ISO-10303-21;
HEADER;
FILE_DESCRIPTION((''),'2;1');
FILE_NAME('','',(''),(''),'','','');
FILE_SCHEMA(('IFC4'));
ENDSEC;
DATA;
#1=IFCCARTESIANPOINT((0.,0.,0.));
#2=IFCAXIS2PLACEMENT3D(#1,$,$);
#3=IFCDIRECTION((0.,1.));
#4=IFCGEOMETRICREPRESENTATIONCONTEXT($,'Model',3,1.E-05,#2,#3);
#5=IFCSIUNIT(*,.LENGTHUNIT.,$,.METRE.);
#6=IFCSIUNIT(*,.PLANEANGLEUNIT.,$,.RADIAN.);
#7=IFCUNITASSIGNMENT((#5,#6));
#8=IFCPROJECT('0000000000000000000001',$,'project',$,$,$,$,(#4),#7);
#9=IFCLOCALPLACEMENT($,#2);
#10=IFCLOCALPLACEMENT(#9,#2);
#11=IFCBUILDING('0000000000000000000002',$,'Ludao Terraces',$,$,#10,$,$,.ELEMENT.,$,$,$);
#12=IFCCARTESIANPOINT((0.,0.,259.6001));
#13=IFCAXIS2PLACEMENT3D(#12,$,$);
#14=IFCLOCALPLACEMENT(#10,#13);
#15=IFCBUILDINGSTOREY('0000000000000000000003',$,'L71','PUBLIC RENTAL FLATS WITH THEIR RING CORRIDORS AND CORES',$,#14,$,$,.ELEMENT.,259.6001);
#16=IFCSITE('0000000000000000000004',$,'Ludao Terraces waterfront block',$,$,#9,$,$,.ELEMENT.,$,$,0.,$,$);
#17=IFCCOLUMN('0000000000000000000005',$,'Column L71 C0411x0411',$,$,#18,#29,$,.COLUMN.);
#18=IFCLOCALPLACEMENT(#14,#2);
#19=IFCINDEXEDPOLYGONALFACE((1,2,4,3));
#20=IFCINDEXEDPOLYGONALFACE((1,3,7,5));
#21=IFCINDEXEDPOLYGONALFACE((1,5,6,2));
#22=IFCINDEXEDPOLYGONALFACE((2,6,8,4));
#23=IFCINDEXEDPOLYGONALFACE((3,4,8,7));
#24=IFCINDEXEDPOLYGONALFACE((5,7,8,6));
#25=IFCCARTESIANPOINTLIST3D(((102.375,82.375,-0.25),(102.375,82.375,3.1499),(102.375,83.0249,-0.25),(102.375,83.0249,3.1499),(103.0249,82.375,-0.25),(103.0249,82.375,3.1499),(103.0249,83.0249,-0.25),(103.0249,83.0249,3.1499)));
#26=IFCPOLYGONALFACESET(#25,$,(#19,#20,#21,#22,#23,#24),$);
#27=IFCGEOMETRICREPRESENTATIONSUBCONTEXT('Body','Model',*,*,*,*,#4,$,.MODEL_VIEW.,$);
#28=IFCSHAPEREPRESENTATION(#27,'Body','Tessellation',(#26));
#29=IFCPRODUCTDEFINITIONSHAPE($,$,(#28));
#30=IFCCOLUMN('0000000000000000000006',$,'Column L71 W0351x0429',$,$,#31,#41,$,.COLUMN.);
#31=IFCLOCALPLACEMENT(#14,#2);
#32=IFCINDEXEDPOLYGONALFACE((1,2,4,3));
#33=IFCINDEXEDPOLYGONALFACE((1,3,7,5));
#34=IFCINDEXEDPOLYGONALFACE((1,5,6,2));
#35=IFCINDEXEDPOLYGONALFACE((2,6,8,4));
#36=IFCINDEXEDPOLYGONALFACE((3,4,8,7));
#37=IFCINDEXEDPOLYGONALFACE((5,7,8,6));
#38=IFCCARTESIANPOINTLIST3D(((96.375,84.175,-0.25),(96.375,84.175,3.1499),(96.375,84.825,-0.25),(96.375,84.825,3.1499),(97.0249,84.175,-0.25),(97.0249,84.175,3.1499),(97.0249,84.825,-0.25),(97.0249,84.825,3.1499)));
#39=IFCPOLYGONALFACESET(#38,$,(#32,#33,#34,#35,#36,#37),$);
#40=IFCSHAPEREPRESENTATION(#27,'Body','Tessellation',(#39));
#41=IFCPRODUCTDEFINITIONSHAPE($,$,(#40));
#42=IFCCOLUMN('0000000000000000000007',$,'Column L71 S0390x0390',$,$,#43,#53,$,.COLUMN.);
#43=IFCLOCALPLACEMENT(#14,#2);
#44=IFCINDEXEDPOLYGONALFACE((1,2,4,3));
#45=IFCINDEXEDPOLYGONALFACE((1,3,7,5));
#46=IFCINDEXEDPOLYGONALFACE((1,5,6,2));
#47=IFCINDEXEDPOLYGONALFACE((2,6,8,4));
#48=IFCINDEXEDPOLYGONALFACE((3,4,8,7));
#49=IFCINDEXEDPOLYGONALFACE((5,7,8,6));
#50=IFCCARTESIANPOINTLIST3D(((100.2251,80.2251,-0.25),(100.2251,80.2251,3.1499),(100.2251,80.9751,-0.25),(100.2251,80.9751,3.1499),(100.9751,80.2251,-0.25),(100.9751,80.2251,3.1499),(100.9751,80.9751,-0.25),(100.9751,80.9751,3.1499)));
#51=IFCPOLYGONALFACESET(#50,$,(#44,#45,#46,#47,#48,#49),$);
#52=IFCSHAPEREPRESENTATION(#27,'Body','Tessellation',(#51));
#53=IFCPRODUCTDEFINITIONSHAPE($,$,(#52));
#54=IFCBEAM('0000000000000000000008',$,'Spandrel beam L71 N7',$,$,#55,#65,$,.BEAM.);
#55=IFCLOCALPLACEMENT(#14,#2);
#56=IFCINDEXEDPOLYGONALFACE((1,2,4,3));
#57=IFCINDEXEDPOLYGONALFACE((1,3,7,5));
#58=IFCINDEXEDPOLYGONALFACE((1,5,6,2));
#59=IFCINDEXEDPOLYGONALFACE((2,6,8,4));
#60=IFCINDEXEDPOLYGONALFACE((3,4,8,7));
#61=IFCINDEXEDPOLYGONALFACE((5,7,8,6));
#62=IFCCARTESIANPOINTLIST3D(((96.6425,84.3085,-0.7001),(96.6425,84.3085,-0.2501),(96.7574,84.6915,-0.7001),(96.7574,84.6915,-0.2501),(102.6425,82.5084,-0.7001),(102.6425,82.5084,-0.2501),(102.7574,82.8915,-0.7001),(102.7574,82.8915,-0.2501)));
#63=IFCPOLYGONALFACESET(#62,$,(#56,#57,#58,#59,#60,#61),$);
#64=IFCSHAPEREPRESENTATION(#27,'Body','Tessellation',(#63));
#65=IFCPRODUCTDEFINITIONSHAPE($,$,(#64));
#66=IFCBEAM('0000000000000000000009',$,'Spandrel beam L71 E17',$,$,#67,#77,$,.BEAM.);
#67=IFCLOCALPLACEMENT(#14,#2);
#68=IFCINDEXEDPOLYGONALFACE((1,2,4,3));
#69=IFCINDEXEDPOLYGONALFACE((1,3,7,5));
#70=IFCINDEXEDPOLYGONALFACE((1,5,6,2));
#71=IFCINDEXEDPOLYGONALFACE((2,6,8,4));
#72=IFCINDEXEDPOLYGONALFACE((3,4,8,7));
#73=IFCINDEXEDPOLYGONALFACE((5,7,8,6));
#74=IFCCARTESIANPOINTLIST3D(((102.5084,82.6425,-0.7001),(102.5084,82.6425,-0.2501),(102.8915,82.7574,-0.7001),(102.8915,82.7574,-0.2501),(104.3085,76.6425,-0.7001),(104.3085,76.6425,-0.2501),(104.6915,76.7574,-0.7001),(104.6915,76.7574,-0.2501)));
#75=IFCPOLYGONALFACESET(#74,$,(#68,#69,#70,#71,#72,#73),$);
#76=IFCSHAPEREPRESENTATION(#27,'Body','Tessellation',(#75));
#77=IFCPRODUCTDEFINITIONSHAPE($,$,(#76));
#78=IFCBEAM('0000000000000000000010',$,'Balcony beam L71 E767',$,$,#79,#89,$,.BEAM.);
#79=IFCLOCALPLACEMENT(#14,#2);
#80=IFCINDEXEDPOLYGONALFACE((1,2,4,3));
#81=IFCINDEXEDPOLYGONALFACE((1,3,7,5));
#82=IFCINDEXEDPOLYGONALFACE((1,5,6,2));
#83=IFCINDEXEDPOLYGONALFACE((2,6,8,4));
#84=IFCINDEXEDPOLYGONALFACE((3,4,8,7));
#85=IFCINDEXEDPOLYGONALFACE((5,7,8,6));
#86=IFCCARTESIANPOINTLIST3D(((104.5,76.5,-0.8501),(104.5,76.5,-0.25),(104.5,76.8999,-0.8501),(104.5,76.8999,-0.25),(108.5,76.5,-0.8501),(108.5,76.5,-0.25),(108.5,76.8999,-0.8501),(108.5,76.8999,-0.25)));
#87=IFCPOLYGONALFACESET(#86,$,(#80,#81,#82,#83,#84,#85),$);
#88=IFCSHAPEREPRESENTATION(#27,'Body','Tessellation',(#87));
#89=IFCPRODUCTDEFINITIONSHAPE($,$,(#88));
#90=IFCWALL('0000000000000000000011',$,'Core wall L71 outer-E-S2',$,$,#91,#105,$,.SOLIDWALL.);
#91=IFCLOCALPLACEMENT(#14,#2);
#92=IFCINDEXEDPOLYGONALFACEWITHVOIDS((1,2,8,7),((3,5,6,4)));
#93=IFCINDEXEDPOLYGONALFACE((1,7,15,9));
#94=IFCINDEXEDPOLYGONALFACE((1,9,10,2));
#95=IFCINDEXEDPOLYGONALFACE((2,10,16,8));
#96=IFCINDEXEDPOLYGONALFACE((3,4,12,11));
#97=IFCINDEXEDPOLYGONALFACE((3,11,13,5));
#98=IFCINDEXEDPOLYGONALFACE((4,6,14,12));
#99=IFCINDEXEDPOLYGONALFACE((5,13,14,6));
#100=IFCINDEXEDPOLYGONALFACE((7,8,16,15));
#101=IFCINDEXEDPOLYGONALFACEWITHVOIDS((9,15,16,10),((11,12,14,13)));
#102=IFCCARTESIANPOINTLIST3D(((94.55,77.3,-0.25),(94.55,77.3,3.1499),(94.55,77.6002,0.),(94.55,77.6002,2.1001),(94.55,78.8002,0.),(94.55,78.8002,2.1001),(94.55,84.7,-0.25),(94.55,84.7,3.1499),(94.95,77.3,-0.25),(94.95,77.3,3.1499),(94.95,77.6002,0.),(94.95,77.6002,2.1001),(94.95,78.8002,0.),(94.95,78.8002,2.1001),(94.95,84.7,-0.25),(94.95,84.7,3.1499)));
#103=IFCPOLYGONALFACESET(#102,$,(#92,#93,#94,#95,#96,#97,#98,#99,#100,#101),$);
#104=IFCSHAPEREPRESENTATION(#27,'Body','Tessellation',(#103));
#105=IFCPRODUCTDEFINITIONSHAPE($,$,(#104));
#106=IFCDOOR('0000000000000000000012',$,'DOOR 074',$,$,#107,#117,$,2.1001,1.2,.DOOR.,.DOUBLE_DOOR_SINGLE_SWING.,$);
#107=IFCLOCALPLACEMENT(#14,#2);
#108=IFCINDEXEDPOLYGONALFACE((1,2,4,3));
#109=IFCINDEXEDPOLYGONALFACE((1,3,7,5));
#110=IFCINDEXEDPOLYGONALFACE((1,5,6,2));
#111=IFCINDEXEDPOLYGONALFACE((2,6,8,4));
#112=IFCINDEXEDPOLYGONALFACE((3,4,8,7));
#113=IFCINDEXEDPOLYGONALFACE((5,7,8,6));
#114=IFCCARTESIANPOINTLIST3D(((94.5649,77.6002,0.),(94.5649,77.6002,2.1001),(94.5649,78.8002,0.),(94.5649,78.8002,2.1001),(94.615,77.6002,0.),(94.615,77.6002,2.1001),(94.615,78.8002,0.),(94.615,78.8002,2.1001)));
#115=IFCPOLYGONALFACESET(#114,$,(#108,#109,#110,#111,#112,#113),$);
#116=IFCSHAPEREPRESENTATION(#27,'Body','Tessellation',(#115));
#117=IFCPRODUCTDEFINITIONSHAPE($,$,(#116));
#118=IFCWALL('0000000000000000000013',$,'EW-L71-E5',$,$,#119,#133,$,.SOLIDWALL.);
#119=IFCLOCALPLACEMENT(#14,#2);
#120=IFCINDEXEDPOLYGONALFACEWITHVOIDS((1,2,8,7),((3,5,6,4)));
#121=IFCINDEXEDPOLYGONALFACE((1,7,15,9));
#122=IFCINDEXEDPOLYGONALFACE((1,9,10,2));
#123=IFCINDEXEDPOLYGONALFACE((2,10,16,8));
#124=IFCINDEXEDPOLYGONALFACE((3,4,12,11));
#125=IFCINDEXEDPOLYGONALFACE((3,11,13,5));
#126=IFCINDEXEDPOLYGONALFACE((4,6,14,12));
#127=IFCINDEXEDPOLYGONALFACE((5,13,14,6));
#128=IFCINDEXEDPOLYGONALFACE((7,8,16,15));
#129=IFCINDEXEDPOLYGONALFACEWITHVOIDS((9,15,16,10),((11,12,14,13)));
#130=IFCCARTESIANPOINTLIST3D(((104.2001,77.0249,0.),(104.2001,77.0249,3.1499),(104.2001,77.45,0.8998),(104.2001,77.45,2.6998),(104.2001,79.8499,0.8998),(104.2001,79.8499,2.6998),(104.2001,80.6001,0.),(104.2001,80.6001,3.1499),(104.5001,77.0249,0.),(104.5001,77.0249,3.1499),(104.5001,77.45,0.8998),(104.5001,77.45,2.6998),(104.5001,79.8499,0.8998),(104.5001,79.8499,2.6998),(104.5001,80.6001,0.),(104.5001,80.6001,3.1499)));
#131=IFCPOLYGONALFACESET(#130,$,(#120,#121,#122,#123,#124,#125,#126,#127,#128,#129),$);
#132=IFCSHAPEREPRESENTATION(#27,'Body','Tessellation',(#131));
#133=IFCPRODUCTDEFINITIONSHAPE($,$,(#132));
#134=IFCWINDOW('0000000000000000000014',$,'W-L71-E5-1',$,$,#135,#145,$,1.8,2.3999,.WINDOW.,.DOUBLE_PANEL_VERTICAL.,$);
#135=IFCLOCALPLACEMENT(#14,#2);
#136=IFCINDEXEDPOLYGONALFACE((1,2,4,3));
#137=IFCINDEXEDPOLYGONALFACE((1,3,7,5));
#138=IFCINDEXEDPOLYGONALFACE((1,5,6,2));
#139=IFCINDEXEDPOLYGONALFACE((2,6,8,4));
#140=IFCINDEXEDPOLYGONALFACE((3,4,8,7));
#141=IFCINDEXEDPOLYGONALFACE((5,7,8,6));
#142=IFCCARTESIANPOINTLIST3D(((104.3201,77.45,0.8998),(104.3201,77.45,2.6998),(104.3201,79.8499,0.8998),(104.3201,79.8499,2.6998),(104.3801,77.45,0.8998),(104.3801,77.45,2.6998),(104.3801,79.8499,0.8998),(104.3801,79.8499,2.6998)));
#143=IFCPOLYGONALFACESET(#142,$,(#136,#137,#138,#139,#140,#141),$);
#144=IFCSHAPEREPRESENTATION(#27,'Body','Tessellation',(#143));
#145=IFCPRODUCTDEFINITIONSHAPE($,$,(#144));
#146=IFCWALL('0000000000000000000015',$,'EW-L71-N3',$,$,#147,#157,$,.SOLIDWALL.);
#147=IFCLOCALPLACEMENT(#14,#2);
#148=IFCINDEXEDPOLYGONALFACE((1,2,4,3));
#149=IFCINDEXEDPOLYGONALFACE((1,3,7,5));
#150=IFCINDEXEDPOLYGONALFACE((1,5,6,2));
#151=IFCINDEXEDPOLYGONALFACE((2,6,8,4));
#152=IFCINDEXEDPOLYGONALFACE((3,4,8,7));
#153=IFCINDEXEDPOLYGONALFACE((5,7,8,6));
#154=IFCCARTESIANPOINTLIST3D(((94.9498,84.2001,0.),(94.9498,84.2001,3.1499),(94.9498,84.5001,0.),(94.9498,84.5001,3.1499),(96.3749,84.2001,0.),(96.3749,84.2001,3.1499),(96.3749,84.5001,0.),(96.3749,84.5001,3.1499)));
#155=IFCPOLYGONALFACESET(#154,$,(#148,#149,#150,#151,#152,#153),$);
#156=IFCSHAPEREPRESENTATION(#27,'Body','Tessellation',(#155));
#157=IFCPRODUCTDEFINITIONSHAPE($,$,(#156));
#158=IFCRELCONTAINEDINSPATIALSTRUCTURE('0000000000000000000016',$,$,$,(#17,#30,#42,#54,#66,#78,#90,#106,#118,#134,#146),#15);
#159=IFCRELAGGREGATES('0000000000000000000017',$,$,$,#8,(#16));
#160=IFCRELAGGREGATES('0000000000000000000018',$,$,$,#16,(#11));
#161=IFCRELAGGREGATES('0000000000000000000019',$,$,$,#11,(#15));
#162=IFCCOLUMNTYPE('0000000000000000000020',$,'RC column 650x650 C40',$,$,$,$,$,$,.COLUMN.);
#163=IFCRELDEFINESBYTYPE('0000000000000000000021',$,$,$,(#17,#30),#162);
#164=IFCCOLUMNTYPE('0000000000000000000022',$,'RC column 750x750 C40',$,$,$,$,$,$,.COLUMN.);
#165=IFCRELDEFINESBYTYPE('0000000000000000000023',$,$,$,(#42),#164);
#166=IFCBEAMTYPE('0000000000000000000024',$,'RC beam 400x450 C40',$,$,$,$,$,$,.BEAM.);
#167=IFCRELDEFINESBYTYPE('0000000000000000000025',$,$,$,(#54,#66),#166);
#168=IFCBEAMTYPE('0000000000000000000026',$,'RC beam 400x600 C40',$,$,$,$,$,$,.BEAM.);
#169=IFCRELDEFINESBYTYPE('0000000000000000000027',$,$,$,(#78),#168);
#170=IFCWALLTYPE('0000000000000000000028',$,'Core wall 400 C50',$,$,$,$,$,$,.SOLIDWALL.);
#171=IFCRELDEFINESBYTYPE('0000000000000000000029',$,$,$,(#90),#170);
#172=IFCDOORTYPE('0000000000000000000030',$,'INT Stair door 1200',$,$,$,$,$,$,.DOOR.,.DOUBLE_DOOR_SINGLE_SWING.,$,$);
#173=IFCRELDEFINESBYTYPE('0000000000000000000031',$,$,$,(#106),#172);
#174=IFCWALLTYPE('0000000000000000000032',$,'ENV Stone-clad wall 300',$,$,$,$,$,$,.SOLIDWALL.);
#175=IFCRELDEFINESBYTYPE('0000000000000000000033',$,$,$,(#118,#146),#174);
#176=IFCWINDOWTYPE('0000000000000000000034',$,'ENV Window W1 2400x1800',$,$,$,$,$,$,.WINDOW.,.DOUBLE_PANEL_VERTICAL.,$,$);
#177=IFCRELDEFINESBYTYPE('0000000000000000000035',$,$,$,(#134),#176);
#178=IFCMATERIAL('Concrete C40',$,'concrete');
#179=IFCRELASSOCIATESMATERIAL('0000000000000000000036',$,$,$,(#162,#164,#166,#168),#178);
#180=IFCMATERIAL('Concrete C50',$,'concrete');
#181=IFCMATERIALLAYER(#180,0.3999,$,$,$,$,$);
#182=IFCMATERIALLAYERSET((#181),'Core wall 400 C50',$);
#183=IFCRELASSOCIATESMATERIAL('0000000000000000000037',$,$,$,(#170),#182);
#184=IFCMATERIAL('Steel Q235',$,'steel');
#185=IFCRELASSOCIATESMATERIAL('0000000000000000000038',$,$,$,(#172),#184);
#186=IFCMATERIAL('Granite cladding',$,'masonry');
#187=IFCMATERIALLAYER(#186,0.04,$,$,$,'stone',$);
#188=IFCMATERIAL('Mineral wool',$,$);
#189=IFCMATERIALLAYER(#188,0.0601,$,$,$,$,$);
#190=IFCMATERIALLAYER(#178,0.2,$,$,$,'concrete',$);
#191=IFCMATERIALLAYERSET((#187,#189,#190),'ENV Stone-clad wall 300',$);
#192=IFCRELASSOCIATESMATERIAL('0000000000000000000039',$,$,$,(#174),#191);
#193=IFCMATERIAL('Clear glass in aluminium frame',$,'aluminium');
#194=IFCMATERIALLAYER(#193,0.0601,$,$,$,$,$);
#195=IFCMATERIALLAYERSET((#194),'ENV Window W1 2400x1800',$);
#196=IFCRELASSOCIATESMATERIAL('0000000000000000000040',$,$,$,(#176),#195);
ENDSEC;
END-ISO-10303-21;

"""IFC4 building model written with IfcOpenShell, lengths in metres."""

from ifc_helpers import new_model, si_unit, direction, frame, frame_2d, origin, origin_2d, place, context, subcontext, project, spatial, rectangle, extrude, material, layer, layer_set, material_profile, profile_set, type_object, element, fill, save


model = new_model("IFC4")

# Units and contexts
model_context = context("Model", 3, precision=1e-05, world=origin(), true_north=direction((0.0, 1.0)))
body_context = subcontext(model_context, "Body", "Model", "MODEL_VIEW")
ifc_project = project(units=[si_unit("LENGTHUNIT", "METRE"), si_unit("PLANEANGLEUNIT", "RADIAN")], contexts=[model_context])

# Site, building, storey
site_placement = place(None, origin())
site = spatial("IfcSite", under=ifc_project, at=site_placement, Name="Ludao Terraces waterfront block", CompositionType="ELEMENT", RefElevation=0.0)
building_placement = place(site_placement, origin())
building = spatial("IfcBuilding", under=site, at=building_placement, Name="Ludao Terraces", CompositionType="ELEMENT")
storey_placement = place(building_placement, frame((0.0, 0.0, 259.6001)))
storey = spatial("IfcBuildingStorey", under=building, at=storey_placement, Name="L71", Description="PUBLIC RENTAL FLATS WITH THEIR RING CORRIDORS AND CORES", CompositionType="ELEMENT", Elevation=259.6001)

# Columns
ifc_material_1 = material(Name="Concrete C40", Category="concrete")
ifc_material_profile_1 = material_profile(ifc_material_1, rectangle(XDim=0.6499, YDim=0.6499, at=origin_2d()), Name="650 X 650")
ifc_profile_set_1 = profile_set([ifc_material_profile_1], Name="Concrete C40")
column_type_1 = type_object("IfcColumnType", Name="RC column 650x650 C40", PredefinedType="COLUMN", material=ifc_profile_set_1)
for number, where, z_axis, x_axis, name in (
    (1, (102.7, 82.7, -0.25), (0.0, 0.0, 1.0), (1.0, 0.0, 0.0), "Column L71 C0411x0411"),
    (2, (96.7, 84.5, -0.25), (0.0, 0.0, 1.0), (1.0, 0.0, 0.0), "Column L71 W0351x0429"),
):
    element("IfcColumn", number, at=place(storey_placement, frame(where, z_axis=z_axis, x_axis=x_axis)), inside=storey, type_object=column_type_1, Name=name, PredefinedType="COLUMN", context=body_context, shape_type="SweptSolid", body=[
        extrude(rectangle(XDim=0.6499, YDim=0.6499, at=origin_2d()), origin(), (0.0, 0.0, 1.0), 3.3999),
    ])
ifc_material_profile_2 = material_profile(ifc_material_1, rectangle(XDim=0.75, YDim=0.75, at=origin_2d()), Name="750 X 750")
ifc_profile_set_2 = profile_set([ifc_material_profile_2], Name="Concrete C40")
column_type_2 = type_object("IfcColumnType", Name="RC column 750x750 C40", PredefinedType="COLUMN", material=ifc_profile_set_2)
column_placement = place(storey_placement, frame((100.6001, 80.6001, -0.25), z_axis=(0.0, 0.0, 1.0), x_axis=(1.0, 0.0, 0.0)))
element("IfcColumn", 3, at=column_placement, inside=storey, type_object=column_type_2, Name="Column L71 S0390x0390", PredefinedType="COLUMN", context=body_context, shape_type="SweptSolid", body=[
    extrude(rectangle(XDim=0.75, YDim=0.75, at=origin_2d()), origin(), (0.0, 0.0, 1.0), 3.3999),
])

# Beams
ifc_material_profile_3 = material_profile(ifc_material_1, rectangle(XDim=0.3999, YDim=0.45, at=origin_2d()), Name="400 X 450")
ifc_profile_set_3 = profile_set([ifc_material_profile_3], Name="Concrete C40")
beam_type_1 = type_object("IfcBeamType", Name="RC beam 400x450 C40", PredefinedType="BEAM", material=ifc_profile_set_3)
for number, where, z_axis, x_axis, name in (
    (4, (96.7, 84.5, -0.4751), (0.957824, -0.287355, 0.0), (0.287355, 0.957824, 0.0), "Spandrel beam L71 N7"),
    (5, (104.5, 76.7, -0.4751), (-0.287355, 0.957824, 0.0), (-0.957824, -0.287355, 0.0), "Spandrel beam L71 E17"),
):
    element("IfcBeam", number, at=place(storey_placement, frame(where, z_axis=z_axis, x_axis=x_axis)), inside=storey, type_object=beam_type_1, Name=name, PredefinedType="BEAM", context=body_context, shape_type="SweptSolid", body=[
        extrude(rectangle(XDim=0.3999, YDim=0.45, at=origin_2d()), origin(), (0.0, 0.0, 1.0), 6.2642),
    ])
ifc_material_profile_4 = material_profile(ifc_material_1, rectangle(XDim=0.3999, YDim=0.6001, at=origin_2d()), Name="400 X 600")
ifc_profile_set_4 = profile_set([ifc_material_profile_4], Name="Concrete C40")
beam_type_2 = type_object("IfcBeamType", Name="RC beam 400x600 C40", PredefinedType="BEAM", material=ifc_profile_set_4)
beam_placement = place(storey_placement, frame((104.5, 76.7, -0.55), z_axis=(1.0, 0.0, 0.0), x_axis=(0.0, 1.0, 0.0)))
element("IfcBeam", 6, at=beam_placement, inside=storey, type_object=beam_type_2, Name="Balcony beam L71 E767", PredefinedType="BEAM", context=body_context, shape_type="SweptSolid", body=[
    extrude(rectangle(XDim=0.3999, YDim=0.6001, at=origin_2d()), origin(), (0.0, 0.0, 1.0), 4.0),
])

# Wall, opening, door
ifc_material_2 = material(Name="Concrete C50", Category="concrete")
ifc_layer_1 = layer(ifc_material_2, 0.3999)
ifc_layer_set_1 = layer_set([ifc_layer_1], Name="Core wall 400 C50")
wall_type_1 = type_object("IfcWallType", Name="Core wall 400 C50", PredefinedType="SOLIDWALL", material=ifc_layer_set_1)
wall_1_placement = place(storey_placement, frame((94.75, 77.3, -0.25), z_axis=(0.0, 0.0, 1.0), x_axis=(0.0, 1.0, 0.0)))
wall_1 = element("IfcWall", 7, at=wall_1_placement, inside=storey, type_object=wall_type_1, Name="Core wall L71 outer-E-S2", PredefinedType="SOLIDWALL", context=body_context, shape_type="SweptSolid", body=[
    extrude(rectangle(XDim=7.3999, YDim=0.3999, at=frame_2d((3.7, 0.0))), origin(), (0.0, 0.0, 1.0), 3.3999),
])
opening_1_placement = place(wall_1_placement, frame((0.3, 0.0, 0.25)))
opening_1 = element("IfcOpeningElement", 8, at=opening_1_placement, cuts=wall_1, PredefinedType="OPENING", context=body_context, shape_type="SweptSolid", body=[
    extrude(rectangle(XDim=1.2, YDim=2.1001, at=frame_2d((0.6001, 1.05))), frame((0.0, 0.21, 0.0), z_axis=(0.0, -1.0, 0.0), x_axis=(1.0, 0.0, 0.0)), (0.0, 0.0, 1.0), 0.4199),
])
ifc_material_3 = material(Name="Steel Q235", Category="steel")
door_type_1 = type_object("IfcDoorType", Name="INT Stair door 1200", OperationType="DOUBLE_DOOR_SINGLE_SWING", PredefinedType="DOOR", material=ifc_material_3)
door_1_placement = place(opening_1_placement, origin())
door_1 = element("IfcDoor", 9, at=door_1_placement, inside=storey, type_object=door_type_1, Name="DOOR 074", OperationType="DOUBLE_DOOR_SINGLE_SWING", OverallHeight=2.1001, OverallWidth=1.2, PredefinedType="DOOR", context=body_context, shape_type="SweptSolid", body=[
    extrude(rectangle(XDim=1.2, YDim=2.1001, at=frame_2d((0.6001, 1.05))), frame((0.0, 0.1851, 0.0), z_axis=(0.0, -1.0, 0.0), x_axis=(1.0, 0.0, 0.0)), (0.0, 0.0, 1.0), 0.05),
])
fill(opening_1, door_1)

# Wall, opening, window
ifc_material_4 = material(Name="Granite cladding", Category="masonry")
ifc_layer_2 = layer(ifc_material_4, 0.04, Category="stone")
ifc_material_5 = material(Name="Mineral wool")
ifc_layer_3 = layer(ifc_material_5, 0.0601)
ifc_layer_4 = layer(ifc_material_1, 0.2, Category="concrete")
ifc_layer_set_2 = layer_set([ifc_layer_2, ifc_layer_3, ifc_layer_4], Name="ENV Stone-clad wall 300")
wall_type_2 = type_object("IfcWallType", Name="ENV Stone-clad wall 300", PredefinedType="SOLIDWALL", material=ifc_layer_set_2)
wall_2_placement = place(storey_placement, frame((104.3501, 77.0249, 0.0), z_axis=(0.0, 0.0, 1.0), x_axis=(0.0, 1.0, 0.0)))
wall_2 = element("IfcWall", 10, at=wall_2_placement, inside=storey, type_object=wall_type_2, Name="EW-L71-E5", PredefinedType="SOLIDWALL", context=body_context, shape_type="SweptSolid", body=[
    extrude(rectangle(XDim=3.5752, YDim=0.3, at=frame_2d((1.7876, 0.0))), origin(), (0.0, 0.0, 1.0), 3.1499),
])
opening_2_placement = place(wall_2_placement, frame((0.425, 0.0, 0.8999)))
opening_2 = element("IfcOpeningElement", 11, at=opening_2_placement, cuts=wall_2, PredefinedType="OPENING", context=body_context, shape_type="SweptSolid", body=[
    extrude(rectangle(XDim=2.3999, YDim=1.8, at=frame_2d((1.2, 0.8999))), frame((0.0, 0.1602, 0.0), z_axis=(0.0, -1.0, 0.0), x_axis=(1.0, 0.0, 0.0)), (0.0, 0.0, 1.0), 0.3201),
])
ifc_material_6 = material(Name="Clear glass in aluminium frame", Category="aluminium")
ifc_layer_5 = layer(ifc_material_6, 0.0601)
ifc_layer_set_3 = layer_set([ifc_layer_5], Name="ENV Window W1 2400x1800")
window_type_1 = type_object("IfcWindowType", Name="ENV Window W1 2400x1800", PartitioningType="DOUBLE_PANEL_VERTICAL", PredefinedType="WINDOW", material=ifc_layer_set_3)
window_1_placement = place(opening_2_placement, origin())
window_1 = element("IfcWindow", 12, at=window_1_placement, inside=storey, type_object=window_type_1, Name="W-L71-E5-1", OverallHeight=1.8, OverallWidth=2.3999, PartitioningType="DOUBLE_PANEL_VERTICAL", PredefinedType="WINDOW", context=body_context, shape_type="SweptSolid", body=[
    extrude(rectangle(XDim=2.3999, YDim=1.8, at=frame_2d((1.2, 0.8999))), frame((0.0, 0.03, 0.0), z_axis=(0.0, -1.0, 0.0), x_axis=(1.0, 0.0, 0.0)), (0.0, 0.0, 1.0), 0.0601),
])
fill(opening_2, window_1)

# Wall
wall_3_placement = place(storey_placement, frame((94.95, 84.3501, 0.0), z_axis=(0.0, 0.0, 1.0), x_axis=(1.0, 0.0, 0.0)))
element("IfcWall", 13, at=wall_3_placement, inside=storey, type_object=wall_type_2, Name="EW-L71-N3", PredefinedType="SOLIDWALL", context=body_context, shape_type="SweptSolid", body=[
    extrude(rectangle(XDim=1.425, YDim=0.3, at=frame_2d((0.7124, 0.0))), origin(), (0.0, 0.0, 1.0), 3.1499),
])

save(model, "model.ifc")
